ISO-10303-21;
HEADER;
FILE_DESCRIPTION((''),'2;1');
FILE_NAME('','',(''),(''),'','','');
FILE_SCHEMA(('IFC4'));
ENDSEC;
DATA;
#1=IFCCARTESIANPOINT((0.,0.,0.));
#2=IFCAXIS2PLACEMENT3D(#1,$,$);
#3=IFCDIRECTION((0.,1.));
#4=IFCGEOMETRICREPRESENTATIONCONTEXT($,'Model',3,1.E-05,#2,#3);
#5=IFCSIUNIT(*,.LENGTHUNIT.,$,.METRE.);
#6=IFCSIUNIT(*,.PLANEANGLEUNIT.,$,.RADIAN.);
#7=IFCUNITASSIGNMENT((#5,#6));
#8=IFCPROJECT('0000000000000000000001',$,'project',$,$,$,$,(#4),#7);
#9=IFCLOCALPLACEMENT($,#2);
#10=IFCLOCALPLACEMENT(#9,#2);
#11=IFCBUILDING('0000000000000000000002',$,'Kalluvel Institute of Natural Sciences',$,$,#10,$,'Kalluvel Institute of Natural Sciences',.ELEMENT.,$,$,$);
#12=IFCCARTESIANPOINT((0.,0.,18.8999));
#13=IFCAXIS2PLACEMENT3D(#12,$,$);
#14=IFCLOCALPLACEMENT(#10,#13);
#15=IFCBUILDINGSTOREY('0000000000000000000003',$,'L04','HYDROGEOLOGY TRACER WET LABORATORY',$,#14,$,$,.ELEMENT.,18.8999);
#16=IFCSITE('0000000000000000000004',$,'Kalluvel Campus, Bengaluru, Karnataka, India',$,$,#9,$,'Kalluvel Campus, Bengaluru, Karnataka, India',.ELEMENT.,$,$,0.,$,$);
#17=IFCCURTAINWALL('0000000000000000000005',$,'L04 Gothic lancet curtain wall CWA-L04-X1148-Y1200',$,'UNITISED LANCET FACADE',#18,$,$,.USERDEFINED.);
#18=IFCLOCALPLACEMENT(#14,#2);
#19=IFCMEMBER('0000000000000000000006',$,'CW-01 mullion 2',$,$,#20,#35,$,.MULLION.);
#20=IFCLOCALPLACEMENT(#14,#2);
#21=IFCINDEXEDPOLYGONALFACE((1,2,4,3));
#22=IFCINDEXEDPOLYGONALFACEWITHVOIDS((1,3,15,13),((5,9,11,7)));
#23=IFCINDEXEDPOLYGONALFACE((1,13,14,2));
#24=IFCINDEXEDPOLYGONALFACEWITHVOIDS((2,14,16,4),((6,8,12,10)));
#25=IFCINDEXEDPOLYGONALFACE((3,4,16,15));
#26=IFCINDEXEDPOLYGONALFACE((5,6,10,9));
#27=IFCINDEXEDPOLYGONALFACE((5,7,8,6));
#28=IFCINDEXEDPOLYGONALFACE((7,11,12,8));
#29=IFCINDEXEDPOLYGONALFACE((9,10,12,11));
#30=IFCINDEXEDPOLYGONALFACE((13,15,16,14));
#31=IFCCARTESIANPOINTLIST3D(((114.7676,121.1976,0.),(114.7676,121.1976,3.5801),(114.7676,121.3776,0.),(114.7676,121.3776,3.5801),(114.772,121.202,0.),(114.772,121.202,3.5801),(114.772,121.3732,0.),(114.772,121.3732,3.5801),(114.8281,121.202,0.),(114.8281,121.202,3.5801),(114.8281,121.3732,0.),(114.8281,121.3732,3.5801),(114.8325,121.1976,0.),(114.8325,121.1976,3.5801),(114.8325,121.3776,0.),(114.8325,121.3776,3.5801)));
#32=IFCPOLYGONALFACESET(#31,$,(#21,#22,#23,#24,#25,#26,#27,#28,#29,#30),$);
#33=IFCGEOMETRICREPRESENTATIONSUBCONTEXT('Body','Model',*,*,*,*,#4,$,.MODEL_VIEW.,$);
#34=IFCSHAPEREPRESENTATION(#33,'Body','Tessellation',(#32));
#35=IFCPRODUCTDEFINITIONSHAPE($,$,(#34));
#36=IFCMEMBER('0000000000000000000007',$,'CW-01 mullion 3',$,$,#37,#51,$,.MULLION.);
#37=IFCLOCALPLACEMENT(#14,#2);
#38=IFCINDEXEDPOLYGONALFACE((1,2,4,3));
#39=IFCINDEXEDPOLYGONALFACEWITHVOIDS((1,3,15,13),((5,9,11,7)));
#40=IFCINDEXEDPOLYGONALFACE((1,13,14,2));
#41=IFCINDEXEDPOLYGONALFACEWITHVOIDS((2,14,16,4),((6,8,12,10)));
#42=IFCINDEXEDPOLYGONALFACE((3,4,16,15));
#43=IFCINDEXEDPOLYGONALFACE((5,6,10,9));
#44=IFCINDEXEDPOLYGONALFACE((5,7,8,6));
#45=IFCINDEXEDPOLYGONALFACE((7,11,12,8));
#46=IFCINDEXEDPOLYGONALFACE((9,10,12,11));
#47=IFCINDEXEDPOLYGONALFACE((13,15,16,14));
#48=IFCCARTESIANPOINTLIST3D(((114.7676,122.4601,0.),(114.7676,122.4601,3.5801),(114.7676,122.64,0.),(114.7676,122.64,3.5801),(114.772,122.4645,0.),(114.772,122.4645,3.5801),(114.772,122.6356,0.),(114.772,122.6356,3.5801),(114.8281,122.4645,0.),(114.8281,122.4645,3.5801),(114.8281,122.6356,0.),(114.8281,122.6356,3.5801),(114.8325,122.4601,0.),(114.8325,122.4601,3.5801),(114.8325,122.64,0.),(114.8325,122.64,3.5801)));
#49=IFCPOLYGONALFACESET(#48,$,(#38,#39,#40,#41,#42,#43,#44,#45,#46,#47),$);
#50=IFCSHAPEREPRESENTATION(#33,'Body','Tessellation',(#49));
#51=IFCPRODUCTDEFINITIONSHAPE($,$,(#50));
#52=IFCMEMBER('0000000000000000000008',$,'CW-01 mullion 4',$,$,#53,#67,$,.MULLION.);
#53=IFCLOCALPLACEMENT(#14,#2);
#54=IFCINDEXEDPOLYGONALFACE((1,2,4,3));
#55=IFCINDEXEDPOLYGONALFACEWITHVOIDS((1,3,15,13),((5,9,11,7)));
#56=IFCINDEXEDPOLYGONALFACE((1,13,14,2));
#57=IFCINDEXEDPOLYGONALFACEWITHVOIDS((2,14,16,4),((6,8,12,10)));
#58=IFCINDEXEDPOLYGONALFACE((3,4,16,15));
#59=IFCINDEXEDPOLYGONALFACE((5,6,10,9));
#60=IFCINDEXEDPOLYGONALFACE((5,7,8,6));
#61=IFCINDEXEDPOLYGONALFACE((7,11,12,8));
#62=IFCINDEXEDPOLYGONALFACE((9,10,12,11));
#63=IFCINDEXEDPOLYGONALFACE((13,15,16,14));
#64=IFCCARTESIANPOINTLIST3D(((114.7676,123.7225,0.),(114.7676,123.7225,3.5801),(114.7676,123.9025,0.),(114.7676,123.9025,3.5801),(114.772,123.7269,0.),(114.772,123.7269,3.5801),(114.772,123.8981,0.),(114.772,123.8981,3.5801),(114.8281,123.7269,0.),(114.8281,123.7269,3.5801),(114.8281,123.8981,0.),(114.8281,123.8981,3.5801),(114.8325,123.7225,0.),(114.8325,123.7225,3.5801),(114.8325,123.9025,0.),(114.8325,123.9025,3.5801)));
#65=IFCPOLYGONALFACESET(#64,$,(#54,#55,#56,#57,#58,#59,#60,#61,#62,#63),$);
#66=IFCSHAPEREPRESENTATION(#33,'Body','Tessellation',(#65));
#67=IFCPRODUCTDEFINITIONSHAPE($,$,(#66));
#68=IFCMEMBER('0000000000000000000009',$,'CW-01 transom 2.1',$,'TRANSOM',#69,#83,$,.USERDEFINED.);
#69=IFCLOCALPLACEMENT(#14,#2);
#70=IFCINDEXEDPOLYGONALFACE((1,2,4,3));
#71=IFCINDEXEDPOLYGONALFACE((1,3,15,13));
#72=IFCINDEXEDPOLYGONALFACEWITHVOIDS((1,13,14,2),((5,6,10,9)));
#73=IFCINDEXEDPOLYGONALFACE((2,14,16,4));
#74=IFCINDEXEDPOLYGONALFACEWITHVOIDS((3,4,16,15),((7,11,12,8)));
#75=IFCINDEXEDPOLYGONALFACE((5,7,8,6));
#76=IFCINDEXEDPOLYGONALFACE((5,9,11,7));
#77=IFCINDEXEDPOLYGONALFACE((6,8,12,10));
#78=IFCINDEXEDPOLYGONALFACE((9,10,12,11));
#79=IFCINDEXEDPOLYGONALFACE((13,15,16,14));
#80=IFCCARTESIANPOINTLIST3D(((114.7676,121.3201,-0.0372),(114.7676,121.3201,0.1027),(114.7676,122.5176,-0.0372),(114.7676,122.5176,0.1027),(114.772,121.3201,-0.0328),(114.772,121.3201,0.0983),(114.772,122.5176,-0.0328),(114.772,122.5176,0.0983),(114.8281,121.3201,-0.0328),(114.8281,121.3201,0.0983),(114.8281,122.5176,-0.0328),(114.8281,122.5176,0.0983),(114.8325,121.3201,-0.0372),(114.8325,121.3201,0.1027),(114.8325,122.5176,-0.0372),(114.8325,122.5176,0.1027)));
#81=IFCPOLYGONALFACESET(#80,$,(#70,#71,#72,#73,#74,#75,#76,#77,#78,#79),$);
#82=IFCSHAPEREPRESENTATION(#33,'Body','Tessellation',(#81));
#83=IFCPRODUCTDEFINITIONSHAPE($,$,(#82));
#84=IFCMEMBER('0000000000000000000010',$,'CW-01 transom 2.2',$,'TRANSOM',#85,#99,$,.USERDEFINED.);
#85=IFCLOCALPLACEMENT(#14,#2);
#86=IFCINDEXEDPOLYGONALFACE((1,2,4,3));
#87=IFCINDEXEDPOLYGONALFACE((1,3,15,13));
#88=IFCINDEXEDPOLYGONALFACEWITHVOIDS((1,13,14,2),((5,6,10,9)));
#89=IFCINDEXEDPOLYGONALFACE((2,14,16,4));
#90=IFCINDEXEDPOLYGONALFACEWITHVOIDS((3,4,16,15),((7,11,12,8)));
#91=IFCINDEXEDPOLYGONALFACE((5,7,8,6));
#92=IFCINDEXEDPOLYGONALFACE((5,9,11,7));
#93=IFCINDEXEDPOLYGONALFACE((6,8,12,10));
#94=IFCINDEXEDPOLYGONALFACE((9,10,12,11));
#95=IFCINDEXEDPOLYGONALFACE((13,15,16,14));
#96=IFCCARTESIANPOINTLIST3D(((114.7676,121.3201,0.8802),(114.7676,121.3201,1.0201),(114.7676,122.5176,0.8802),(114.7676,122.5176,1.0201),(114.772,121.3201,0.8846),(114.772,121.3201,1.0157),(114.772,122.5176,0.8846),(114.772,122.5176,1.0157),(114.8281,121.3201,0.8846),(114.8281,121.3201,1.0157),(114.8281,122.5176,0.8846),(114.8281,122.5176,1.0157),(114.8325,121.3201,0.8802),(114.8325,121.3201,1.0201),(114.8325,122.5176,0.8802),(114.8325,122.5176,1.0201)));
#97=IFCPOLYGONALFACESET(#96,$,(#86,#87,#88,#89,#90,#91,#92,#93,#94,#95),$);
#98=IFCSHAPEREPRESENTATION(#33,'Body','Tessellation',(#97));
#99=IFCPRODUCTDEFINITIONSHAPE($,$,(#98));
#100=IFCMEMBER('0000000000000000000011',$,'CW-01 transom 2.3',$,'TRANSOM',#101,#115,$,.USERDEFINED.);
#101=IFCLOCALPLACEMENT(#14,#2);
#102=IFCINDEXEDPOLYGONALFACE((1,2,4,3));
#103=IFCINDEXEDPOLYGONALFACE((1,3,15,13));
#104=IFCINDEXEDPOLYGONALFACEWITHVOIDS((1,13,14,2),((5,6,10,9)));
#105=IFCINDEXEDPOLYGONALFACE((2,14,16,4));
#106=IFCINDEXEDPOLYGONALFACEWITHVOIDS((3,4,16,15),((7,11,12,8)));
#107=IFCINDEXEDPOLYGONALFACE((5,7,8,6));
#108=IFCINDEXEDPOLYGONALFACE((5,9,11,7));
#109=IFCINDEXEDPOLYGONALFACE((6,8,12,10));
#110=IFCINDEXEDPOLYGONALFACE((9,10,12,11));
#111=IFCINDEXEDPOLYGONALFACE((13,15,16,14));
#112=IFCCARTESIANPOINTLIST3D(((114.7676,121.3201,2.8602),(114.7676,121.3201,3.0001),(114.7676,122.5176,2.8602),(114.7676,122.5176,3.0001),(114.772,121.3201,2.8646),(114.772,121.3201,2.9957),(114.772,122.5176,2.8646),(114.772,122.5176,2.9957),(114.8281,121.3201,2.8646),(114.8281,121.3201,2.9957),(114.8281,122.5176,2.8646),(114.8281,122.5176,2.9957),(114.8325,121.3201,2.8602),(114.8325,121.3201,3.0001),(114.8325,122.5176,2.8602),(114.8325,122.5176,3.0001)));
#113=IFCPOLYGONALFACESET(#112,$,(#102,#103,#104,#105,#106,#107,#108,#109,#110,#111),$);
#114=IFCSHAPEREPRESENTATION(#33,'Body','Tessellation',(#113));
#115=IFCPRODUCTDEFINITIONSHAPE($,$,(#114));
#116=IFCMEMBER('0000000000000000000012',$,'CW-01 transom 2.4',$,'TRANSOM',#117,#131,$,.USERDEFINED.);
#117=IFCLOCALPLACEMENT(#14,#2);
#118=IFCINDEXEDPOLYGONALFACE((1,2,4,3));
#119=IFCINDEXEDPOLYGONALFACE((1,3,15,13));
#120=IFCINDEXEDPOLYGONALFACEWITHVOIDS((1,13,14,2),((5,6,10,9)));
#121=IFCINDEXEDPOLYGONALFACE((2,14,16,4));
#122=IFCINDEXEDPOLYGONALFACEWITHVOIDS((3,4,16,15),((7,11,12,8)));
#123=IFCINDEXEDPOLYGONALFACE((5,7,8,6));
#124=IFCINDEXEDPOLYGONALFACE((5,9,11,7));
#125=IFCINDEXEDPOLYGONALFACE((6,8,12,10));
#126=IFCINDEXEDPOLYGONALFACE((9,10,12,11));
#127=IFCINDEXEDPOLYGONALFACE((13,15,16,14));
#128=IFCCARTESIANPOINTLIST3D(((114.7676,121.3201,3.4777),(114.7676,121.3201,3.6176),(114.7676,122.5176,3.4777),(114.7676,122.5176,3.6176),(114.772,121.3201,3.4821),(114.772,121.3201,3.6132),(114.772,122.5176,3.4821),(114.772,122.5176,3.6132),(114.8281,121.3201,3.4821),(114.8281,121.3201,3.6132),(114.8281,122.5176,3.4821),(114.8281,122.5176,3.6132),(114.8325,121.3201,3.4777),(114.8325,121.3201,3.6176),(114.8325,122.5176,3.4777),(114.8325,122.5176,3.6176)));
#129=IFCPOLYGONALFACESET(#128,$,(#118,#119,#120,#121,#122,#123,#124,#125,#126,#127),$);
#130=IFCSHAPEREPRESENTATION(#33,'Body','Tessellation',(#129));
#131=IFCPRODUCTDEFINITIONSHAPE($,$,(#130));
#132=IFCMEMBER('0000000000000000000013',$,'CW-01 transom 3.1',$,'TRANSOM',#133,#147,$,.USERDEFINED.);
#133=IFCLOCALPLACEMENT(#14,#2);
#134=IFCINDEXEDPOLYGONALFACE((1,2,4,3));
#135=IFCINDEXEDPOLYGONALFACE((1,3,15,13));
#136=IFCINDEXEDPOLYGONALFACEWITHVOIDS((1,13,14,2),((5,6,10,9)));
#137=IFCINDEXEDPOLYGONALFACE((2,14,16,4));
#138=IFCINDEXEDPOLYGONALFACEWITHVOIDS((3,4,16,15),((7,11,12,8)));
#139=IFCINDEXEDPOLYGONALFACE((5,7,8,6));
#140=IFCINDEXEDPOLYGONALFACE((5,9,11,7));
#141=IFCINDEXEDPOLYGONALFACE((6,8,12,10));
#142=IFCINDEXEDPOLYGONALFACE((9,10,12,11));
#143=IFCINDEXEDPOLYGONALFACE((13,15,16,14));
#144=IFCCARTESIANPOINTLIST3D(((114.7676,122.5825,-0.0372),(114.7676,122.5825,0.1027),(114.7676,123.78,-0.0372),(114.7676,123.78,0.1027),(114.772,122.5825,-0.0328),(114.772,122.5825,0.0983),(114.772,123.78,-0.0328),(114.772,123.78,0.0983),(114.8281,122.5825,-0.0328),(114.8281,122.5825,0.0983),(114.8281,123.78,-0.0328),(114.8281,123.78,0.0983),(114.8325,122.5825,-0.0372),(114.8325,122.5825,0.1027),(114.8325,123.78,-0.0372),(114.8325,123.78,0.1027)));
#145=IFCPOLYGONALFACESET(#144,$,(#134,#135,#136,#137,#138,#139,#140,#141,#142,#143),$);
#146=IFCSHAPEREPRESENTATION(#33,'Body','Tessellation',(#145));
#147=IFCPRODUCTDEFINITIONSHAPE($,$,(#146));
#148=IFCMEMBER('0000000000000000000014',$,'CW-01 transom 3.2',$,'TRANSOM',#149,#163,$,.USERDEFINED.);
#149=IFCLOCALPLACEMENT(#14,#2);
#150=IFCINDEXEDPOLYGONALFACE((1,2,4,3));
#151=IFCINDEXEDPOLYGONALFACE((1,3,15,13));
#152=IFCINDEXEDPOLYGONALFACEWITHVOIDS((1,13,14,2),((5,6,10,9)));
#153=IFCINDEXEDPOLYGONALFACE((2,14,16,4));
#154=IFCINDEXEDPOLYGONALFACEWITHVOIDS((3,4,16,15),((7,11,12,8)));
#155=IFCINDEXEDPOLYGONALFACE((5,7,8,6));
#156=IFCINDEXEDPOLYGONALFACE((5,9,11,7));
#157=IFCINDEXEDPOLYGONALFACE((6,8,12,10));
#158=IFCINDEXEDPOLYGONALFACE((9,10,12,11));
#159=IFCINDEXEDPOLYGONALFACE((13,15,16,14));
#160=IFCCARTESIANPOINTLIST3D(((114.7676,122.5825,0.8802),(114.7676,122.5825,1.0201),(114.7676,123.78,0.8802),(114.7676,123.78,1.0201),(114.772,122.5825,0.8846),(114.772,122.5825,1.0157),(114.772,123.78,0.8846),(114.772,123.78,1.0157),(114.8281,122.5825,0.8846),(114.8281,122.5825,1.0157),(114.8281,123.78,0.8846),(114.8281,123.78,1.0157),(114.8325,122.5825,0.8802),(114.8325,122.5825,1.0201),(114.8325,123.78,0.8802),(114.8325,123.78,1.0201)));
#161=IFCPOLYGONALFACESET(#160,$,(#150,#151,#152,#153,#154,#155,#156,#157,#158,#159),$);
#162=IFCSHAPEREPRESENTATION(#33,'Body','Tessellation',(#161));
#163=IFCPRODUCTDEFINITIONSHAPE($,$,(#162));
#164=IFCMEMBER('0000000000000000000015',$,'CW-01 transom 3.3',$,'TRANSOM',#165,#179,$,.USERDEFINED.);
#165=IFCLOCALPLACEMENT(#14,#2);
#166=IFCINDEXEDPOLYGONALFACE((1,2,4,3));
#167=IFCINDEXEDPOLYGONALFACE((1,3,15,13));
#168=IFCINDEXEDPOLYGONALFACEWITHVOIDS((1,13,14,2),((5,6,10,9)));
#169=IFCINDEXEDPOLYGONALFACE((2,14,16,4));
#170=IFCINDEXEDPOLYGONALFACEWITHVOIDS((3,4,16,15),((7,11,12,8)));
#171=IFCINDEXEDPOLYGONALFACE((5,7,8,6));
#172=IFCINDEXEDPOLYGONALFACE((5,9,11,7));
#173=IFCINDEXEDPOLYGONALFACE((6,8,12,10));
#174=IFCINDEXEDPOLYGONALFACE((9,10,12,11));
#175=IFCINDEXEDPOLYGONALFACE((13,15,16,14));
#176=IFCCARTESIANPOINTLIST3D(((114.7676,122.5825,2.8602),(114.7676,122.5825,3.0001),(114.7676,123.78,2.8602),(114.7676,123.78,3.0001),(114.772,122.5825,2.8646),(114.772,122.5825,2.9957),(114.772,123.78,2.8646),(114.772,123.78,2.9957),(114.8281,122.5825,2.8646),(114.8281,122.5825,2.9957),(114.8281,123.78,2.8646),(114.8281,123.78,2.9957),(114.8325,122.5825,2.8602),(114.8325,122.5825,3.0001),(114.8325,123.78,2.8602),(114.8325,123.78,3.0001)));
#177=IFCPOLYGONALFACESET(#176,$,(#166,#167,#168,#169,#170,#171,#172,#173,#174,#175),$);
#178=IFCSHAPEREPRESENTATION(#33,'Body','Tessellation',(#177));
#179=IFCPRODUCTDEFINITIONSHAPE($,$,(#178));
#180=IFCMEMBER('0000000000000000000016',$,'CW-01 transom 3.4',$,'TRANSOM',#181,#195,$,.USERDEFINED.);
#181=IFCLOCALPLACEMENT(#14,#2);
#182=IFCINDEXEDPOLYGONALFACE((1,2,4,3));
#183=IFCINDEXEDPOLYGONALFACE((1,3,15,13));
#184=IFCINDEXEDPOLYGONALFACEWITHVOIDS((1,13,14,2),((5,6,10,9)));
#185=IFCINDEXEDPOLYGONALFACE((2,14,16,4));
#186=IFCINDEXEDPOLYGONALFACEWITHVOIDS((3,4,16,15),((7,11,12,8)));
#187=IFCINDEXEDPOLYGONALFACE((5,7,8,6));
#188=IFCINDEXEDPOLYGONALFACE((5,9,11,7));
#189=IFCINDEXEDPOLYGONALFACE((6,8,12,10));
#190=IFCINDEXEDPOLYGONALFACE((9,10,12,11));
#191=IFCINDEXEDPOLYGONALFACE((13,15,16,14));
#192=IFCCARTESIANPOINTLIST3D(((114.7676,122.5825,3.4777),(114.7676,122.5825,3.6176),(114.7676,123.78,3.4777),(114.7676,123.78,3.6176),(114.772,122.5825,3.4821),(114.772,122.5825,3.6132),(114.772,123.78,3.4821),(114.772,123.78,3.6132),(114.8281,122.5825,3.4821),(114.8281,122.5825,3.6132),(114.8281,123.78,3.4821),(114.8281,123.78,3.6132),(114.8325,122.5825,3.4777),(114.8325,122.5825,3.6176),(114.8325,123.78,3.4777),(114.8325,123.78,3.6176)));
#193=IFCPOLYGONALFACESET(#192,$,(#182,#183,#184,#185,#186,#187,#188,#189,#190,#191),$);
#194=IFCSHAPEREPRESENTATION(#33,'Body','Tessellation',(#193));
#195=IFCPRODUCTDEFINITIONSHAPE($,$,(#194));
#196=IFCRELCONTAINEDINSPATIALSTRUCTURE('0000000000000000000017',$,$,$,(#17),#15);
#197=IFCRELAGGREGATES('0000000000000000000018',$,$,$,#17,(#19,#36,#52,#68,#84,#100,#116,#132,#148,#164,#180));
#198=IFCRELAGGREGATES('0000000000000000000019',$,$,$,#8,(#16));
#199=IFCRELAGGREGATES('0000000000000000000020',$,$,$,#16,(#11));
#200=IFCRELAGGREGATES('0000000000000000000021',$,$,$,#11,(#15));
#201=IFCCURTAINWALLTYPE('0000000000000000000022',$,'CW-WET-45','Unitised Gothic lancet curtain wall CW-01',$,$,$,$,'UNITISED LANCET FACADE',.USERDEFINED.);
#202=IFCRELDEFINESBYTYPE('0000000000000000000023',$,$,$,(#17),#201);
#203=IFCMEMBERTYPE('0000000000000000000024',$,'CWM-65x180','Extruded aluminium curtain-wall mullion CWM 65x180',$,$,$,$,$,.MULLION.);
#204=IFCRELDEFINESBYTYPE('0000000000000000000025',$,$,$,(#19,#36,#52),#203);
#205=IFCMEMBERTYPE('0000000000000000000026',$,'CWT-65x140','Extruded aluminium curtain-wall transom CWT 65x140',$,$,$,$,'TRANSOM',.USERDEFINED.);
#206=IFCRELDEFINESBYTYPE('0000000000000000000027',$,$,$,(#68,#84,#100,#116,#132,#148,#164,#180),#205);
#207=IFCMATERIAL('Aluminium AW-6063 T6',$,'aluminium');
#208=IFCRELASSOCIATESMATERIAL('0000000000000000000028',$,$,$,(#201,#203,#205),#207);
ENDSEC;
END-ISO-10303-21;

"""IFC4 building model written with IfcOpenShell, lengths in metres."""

from ifc_helpers import new_model, si_unit, direction, frame, origin, origin_2d, place, context, subcontext, project, spatial, hollow_rectangle, extrude, material, material_profile, profile_set, type_object, element, aggregate, save


model = new_model("IFC4")

# Units and contexts
model_context = context("Model", 3, precision=1e-05, world=origin(), true_north=direction((0.0, 1.0)))
body_context = subcontext(model_context, "Body", "Model", "MODEL_VIEW")
ifc_project = project(units=[si_unit("LENGTHUNIT", "METRE"), si_unit("PLANEANGLEUNIT", "RADIAN")], contexts=[model_context])

# Site, building, storey
site_placement = place(None, origin())
site = spatial("IfcSite", under=ifc_project, at=site_placement, Name="Kalluvel Campus, Bengaluru, Karnataka, India", LongName="Kalluvel Campus, Bengaluru, Karnataka, India", CompositionType="ELEMENT", RefElevation=0.0)
building_placement = place(site_placement, origin())
building = spatial("IfcBuilding", under=site, at=building_placement, Name="Kalluvel Institute of Natural Sciences", LongName="Kalluvel Institute of Natural Sciences", CompositionType="ELEMENT")
storey_placement = place(building_placement, frame((0.0, 0.0, 18.8999)))
storey = spatial("IfcBuildingStorey", under=building, at=storey_placement, Name="L04", Description="HYDROGEOLOGY TRACER WET LABORATORY", CompositionType="ELEMENT", Elevation=18.8999)

# Curtain wall, members
ifc_material_1 = material(Name="Aluminium AW-6063 T6", Category="aluminium")
curtain_wall_type = type_object("IfcCurtainWallType", Name="CW-WET-45", Description="Unitised Gothic lancet curtain wall CW-01", ElementType="UNITISED LANCET FACADE", PredefinedType="USERDEFINED", material=ifc_material_1)
curtain_wall_placement = place(storey_placement, origin())
curtain_wall = element("IfcCurtainWall", 1, at=curtain_wall_placement, inside=storey, type_object=curtain_wall_type, Name="L04 Gothic lancet curtain wall CWA-L04-X1148-Y1200", ObjectType="UNITISED LANCET FACADE", PredefinedType="USERDEFINED")
ifc_material_profile_1 = material_profile(ifc_material_1, hollow_rectangle(XDim=0.0649, YDim=0.1799, WallThickness=0.0044, at=origin_2d()), Name="CWM 65x180")
ifc_profile_set_1 = profile_set([ifc_material_profile_1], Name="Aluminium AW-6063 T6")
member_type_1 = type_object("IfcMemberType", Name="CWM-65x180", Description="Extruded aluminium curtain-wall mullion CWM 65x180", PredefinedType="MULLION", material=ifc_profile_set_1)
member_1_placement = place(storey_placement, frame((114.8, 121.2876, 0.0), z_axis=(0.0, 0.0, 1.0), x_axis=(-1.0, 0.0, 0.0)))
member_1 = element("IfcMember", 2, at=member_1_placement, type_object=member_type_1, Name="CW-01 mullion 2", PredefinedType="MULLION", context=body_context, shape_type="SweptSolid", body=[
    extrude(hollow_rectangle(XDim=0.0649, YDim=0.1799, WallThickness=0.0044, at=origin_2d()), origin(), (0.0, 0.0, 1.0), 3.5801),
])
member_2_placement = place(storey_placement, frame((114.8, 122.55, 0.0), z_axis=(0.0, 0.0, 1.0), x_axis=(-1.0, 0.0, 0.0)))
member_2 = element("IfcMember", 3, at=member_2_placement, type_object=member_type_1, Name="CW-01 mullion 3", PredefinedType="MULLION", context=body_context, shape_type="SweptSolid", body=[
    extrude(hollow_rectangle(XDim=0.0649, YDim=0.1799, WallThickness=0.0044, at=origin_2d()), origin(), (0.0, 0.0, 1.0), 3.5801),
])
member_3_placement = place(storey_placement, frame((114.8, 123.8125, 0.0), z_axis=(0.0, 0.0, 1.0), x_axis=(-1.0, 0.0, 0.0)))
member_3 = element("IfcMember", 4, at=member_3_placement, type_object=member_type_1, Name="CW-01 mullion 4", PredefinedType="MULLION", context=body_context, shape_type="SweptSolid", body=[
    extrude(hollow_rectangle(XDim=0.0649, YDim=0.1799, WallThickness=0.0044, at=origin_2d()), origin(), (0.0, 0.0, 1.0), 3.5801),
])
ifc_material_profile_2 = material_profile(ifc_material_1, hollow_rectangle(XDim=0.0649, YDim=0.1399, WallThickness=0.0044, at=origin_2d()), Name="CWT 65x140")
ifc_profile_set_2 = profile_set([ifc_material_profile_2], Name="Aluminium AW-6063 T6")
member_type_2 = type_object("IfcMemberType", Name="CWT-65x140", Description="Extruded aluminium curtain-wall transom CWT 65x140", ElementType="TRANSOM", PredefinedType="USERDEFINED", material=ifc_profile_set_2)
member_4_placement = place(storey_placement, frame((114.8, 121.3201, 0.0327), z_axis=(0.0, 1.0, 0.0), x_axis=(-1.0, 0.0, 0.0)))
member_4 = element("IfcMember", 5, at=member_4_placement, type_object=member_type_2, Name="CW-01 transom 2.1", ObjectType="TRANSOM", PredefinedType="USERDEFINED", context=body_context, shape_type="SweptSolid", body=[
    extrude(hollow_rectangle(XDim=0.0649, YDim=0.1399, WallThickness=0.0044, at=origin_2d()), origin(), (0.0, 0.0, 1.0), 1.1975),
])
member_5_placement = place(storey_placement, frame((114.8, 121.3201, 0.9502), z_axis=(0.0, 1.0, 0.0), x_axis=(-1.0, 0.0, 0.0)))
member_5 = element("IfcMember", 6, at=member_5_placement, type_object=member_type_2, Name="CW-01 transom 2.2", ObjectType="TRANSOM", PredefinedType="USERDEFINED", context=body_context, shape_type="SweptSolid", body=[
    extrude(hollow_rectangle(XDim=0.0649, YDim=0.1399, WallThickness=0.0044, at=origin_2d()), origin(), (0.0, 0.0, 1.0), 1.1975),
])
member_6_placement = place(storey_placement, frame((114.8, 121.3201, 2.9302), z_axis=(0.0, 1.0, 0.0), x_axis=(-1.0, 0.0, 0.0)))
member_6 = element("IfcMember", 7, at=member_6_placement, type_object=member_type_2, Name="CW-01 transom 2.3", ObjectType="TRANSOM", PredefinedType="USERDEFINED", context=body_context, shape_type="SweptSolid", body=[
    extrude(hollow_rectangle(XDim=0.0649, YDim=0.1399, WallThickness=0.0044, at=origin_2d()), origin(), (0.0, 0.0, 1.0), 1.1975),
])
member_7_placement = place(storey_placement, frame((114.8, 121.3201, 3.5476), z_axis=(0.0, 1.0, 0.0), x_axis=(-1.0, 0.0, 0.0)))
member_7 = element("IfcMember", 8, at=member_7_placement, type_object=member_type_2, Name="CW-01 transom 2.4", ObjectType="TRANSOM", PredefinedType="USERDEFINED", context=body_context, shape_type="SweptSolid", body=[
    extrude(hollow_rectangle(XDim=0.0649, YDim=0.1399, WallThickness=0.0044, at=origin_2d()), origin(), (0.0, 0.0, 1.0), 1.1975),
])
member_8_placement = place(storey_placement, frame((114.8, 122.5825, 0.0327), z_axis=(0.0, 1.0, 0.0), x_axis=(-1.0, 0.0, 0.0)))
member_8 = element("IfcMember", 9, at=member_8_placement, type_object=member_type_2, Name="CW-01 transom 3.1", ObjectType="TRANSOM", PredefinedType="USERDEFINED", context=body_context, shape_type="SweptSolid", body=[
    extrude(hollow_rectangle(XDim=0.0649, YDim=0.1399, WallThickness=0.0044, at=origin_2d()), origin(), (0.0, 0.0, 1.0), 1.1975),
])
member_9_placement = place(storey_placement, frame((114.8, 122.5825, 0.9502), z_axis=(0.0, 1.0, 0.0), x_axis=(-1.0, 0.0, 0.0)))
member_9 = element("IfcMember", 10, at=member_9_placement, type_object=member_type_2, Name="CW-01 transom 3.2", ObjectType="TRANSOM", PredefinedType="USERDEFINED", context=body_context, shape_type="SweptSolid", body=[
    extrude(hollow_rectangle(XDim=0.0649, YDim=0.1399, WallThickness=0.0044, at=origin_2d()), origin(), (0.0, 0.0, 1.0), 1.1975),
])
member_10_placement = place(storey_placement, frame((114.8, 122.5825, 2.9302), z_axis=(0.0, 1.0, 0.0), x_axis=(-1.0, 0.0, 0.0)))
member_10 = element("IfcMember", 11, at=member_10_placement, type_object=member_type_2, Name="CW-01 transom 3.3", ObjectType="TRANSOM", PredefinedType="USERDEFINED", context=body_context, shape_type="SweptSolid", body=[
    extrude(hollow_rectangle(XDim=0.0649, YDim=0.1399, WallThickness=0.0044, at=origin_2d()), origin(), (0.0, 0.0, 1.0), 1.1975),
])
member_11_placement = place(storey_placement, frame((114.8, 122.5825, 3.5476), z_axis=(0.0, 1.0, 0.0), x_axis=(-1.0, 0.0, 0.0)))
member_11 = element("IfcMember", 12, at=member_11_placement, type_object=member_type_2, Name="CW-01 transom 3.4", ObjectType="TRANSOM", PredefinedType="USERDEFINED", context=body_context, shape_type="SweptSolid", body=[
    extrude(hollow_rectangle(XDim=0.0649, YDim=0.1399, WallThickness=0.0044, at=origin_2d()), origin(), (0.0, 0.0, 1.0), 1.1975),
])
aggregate(curtain_wall, [member_1, member_2, member_3, member_4, member_5, member_6, member_7, member_8, member_9, member_10, member_11])

save(model, "model.ifc")
